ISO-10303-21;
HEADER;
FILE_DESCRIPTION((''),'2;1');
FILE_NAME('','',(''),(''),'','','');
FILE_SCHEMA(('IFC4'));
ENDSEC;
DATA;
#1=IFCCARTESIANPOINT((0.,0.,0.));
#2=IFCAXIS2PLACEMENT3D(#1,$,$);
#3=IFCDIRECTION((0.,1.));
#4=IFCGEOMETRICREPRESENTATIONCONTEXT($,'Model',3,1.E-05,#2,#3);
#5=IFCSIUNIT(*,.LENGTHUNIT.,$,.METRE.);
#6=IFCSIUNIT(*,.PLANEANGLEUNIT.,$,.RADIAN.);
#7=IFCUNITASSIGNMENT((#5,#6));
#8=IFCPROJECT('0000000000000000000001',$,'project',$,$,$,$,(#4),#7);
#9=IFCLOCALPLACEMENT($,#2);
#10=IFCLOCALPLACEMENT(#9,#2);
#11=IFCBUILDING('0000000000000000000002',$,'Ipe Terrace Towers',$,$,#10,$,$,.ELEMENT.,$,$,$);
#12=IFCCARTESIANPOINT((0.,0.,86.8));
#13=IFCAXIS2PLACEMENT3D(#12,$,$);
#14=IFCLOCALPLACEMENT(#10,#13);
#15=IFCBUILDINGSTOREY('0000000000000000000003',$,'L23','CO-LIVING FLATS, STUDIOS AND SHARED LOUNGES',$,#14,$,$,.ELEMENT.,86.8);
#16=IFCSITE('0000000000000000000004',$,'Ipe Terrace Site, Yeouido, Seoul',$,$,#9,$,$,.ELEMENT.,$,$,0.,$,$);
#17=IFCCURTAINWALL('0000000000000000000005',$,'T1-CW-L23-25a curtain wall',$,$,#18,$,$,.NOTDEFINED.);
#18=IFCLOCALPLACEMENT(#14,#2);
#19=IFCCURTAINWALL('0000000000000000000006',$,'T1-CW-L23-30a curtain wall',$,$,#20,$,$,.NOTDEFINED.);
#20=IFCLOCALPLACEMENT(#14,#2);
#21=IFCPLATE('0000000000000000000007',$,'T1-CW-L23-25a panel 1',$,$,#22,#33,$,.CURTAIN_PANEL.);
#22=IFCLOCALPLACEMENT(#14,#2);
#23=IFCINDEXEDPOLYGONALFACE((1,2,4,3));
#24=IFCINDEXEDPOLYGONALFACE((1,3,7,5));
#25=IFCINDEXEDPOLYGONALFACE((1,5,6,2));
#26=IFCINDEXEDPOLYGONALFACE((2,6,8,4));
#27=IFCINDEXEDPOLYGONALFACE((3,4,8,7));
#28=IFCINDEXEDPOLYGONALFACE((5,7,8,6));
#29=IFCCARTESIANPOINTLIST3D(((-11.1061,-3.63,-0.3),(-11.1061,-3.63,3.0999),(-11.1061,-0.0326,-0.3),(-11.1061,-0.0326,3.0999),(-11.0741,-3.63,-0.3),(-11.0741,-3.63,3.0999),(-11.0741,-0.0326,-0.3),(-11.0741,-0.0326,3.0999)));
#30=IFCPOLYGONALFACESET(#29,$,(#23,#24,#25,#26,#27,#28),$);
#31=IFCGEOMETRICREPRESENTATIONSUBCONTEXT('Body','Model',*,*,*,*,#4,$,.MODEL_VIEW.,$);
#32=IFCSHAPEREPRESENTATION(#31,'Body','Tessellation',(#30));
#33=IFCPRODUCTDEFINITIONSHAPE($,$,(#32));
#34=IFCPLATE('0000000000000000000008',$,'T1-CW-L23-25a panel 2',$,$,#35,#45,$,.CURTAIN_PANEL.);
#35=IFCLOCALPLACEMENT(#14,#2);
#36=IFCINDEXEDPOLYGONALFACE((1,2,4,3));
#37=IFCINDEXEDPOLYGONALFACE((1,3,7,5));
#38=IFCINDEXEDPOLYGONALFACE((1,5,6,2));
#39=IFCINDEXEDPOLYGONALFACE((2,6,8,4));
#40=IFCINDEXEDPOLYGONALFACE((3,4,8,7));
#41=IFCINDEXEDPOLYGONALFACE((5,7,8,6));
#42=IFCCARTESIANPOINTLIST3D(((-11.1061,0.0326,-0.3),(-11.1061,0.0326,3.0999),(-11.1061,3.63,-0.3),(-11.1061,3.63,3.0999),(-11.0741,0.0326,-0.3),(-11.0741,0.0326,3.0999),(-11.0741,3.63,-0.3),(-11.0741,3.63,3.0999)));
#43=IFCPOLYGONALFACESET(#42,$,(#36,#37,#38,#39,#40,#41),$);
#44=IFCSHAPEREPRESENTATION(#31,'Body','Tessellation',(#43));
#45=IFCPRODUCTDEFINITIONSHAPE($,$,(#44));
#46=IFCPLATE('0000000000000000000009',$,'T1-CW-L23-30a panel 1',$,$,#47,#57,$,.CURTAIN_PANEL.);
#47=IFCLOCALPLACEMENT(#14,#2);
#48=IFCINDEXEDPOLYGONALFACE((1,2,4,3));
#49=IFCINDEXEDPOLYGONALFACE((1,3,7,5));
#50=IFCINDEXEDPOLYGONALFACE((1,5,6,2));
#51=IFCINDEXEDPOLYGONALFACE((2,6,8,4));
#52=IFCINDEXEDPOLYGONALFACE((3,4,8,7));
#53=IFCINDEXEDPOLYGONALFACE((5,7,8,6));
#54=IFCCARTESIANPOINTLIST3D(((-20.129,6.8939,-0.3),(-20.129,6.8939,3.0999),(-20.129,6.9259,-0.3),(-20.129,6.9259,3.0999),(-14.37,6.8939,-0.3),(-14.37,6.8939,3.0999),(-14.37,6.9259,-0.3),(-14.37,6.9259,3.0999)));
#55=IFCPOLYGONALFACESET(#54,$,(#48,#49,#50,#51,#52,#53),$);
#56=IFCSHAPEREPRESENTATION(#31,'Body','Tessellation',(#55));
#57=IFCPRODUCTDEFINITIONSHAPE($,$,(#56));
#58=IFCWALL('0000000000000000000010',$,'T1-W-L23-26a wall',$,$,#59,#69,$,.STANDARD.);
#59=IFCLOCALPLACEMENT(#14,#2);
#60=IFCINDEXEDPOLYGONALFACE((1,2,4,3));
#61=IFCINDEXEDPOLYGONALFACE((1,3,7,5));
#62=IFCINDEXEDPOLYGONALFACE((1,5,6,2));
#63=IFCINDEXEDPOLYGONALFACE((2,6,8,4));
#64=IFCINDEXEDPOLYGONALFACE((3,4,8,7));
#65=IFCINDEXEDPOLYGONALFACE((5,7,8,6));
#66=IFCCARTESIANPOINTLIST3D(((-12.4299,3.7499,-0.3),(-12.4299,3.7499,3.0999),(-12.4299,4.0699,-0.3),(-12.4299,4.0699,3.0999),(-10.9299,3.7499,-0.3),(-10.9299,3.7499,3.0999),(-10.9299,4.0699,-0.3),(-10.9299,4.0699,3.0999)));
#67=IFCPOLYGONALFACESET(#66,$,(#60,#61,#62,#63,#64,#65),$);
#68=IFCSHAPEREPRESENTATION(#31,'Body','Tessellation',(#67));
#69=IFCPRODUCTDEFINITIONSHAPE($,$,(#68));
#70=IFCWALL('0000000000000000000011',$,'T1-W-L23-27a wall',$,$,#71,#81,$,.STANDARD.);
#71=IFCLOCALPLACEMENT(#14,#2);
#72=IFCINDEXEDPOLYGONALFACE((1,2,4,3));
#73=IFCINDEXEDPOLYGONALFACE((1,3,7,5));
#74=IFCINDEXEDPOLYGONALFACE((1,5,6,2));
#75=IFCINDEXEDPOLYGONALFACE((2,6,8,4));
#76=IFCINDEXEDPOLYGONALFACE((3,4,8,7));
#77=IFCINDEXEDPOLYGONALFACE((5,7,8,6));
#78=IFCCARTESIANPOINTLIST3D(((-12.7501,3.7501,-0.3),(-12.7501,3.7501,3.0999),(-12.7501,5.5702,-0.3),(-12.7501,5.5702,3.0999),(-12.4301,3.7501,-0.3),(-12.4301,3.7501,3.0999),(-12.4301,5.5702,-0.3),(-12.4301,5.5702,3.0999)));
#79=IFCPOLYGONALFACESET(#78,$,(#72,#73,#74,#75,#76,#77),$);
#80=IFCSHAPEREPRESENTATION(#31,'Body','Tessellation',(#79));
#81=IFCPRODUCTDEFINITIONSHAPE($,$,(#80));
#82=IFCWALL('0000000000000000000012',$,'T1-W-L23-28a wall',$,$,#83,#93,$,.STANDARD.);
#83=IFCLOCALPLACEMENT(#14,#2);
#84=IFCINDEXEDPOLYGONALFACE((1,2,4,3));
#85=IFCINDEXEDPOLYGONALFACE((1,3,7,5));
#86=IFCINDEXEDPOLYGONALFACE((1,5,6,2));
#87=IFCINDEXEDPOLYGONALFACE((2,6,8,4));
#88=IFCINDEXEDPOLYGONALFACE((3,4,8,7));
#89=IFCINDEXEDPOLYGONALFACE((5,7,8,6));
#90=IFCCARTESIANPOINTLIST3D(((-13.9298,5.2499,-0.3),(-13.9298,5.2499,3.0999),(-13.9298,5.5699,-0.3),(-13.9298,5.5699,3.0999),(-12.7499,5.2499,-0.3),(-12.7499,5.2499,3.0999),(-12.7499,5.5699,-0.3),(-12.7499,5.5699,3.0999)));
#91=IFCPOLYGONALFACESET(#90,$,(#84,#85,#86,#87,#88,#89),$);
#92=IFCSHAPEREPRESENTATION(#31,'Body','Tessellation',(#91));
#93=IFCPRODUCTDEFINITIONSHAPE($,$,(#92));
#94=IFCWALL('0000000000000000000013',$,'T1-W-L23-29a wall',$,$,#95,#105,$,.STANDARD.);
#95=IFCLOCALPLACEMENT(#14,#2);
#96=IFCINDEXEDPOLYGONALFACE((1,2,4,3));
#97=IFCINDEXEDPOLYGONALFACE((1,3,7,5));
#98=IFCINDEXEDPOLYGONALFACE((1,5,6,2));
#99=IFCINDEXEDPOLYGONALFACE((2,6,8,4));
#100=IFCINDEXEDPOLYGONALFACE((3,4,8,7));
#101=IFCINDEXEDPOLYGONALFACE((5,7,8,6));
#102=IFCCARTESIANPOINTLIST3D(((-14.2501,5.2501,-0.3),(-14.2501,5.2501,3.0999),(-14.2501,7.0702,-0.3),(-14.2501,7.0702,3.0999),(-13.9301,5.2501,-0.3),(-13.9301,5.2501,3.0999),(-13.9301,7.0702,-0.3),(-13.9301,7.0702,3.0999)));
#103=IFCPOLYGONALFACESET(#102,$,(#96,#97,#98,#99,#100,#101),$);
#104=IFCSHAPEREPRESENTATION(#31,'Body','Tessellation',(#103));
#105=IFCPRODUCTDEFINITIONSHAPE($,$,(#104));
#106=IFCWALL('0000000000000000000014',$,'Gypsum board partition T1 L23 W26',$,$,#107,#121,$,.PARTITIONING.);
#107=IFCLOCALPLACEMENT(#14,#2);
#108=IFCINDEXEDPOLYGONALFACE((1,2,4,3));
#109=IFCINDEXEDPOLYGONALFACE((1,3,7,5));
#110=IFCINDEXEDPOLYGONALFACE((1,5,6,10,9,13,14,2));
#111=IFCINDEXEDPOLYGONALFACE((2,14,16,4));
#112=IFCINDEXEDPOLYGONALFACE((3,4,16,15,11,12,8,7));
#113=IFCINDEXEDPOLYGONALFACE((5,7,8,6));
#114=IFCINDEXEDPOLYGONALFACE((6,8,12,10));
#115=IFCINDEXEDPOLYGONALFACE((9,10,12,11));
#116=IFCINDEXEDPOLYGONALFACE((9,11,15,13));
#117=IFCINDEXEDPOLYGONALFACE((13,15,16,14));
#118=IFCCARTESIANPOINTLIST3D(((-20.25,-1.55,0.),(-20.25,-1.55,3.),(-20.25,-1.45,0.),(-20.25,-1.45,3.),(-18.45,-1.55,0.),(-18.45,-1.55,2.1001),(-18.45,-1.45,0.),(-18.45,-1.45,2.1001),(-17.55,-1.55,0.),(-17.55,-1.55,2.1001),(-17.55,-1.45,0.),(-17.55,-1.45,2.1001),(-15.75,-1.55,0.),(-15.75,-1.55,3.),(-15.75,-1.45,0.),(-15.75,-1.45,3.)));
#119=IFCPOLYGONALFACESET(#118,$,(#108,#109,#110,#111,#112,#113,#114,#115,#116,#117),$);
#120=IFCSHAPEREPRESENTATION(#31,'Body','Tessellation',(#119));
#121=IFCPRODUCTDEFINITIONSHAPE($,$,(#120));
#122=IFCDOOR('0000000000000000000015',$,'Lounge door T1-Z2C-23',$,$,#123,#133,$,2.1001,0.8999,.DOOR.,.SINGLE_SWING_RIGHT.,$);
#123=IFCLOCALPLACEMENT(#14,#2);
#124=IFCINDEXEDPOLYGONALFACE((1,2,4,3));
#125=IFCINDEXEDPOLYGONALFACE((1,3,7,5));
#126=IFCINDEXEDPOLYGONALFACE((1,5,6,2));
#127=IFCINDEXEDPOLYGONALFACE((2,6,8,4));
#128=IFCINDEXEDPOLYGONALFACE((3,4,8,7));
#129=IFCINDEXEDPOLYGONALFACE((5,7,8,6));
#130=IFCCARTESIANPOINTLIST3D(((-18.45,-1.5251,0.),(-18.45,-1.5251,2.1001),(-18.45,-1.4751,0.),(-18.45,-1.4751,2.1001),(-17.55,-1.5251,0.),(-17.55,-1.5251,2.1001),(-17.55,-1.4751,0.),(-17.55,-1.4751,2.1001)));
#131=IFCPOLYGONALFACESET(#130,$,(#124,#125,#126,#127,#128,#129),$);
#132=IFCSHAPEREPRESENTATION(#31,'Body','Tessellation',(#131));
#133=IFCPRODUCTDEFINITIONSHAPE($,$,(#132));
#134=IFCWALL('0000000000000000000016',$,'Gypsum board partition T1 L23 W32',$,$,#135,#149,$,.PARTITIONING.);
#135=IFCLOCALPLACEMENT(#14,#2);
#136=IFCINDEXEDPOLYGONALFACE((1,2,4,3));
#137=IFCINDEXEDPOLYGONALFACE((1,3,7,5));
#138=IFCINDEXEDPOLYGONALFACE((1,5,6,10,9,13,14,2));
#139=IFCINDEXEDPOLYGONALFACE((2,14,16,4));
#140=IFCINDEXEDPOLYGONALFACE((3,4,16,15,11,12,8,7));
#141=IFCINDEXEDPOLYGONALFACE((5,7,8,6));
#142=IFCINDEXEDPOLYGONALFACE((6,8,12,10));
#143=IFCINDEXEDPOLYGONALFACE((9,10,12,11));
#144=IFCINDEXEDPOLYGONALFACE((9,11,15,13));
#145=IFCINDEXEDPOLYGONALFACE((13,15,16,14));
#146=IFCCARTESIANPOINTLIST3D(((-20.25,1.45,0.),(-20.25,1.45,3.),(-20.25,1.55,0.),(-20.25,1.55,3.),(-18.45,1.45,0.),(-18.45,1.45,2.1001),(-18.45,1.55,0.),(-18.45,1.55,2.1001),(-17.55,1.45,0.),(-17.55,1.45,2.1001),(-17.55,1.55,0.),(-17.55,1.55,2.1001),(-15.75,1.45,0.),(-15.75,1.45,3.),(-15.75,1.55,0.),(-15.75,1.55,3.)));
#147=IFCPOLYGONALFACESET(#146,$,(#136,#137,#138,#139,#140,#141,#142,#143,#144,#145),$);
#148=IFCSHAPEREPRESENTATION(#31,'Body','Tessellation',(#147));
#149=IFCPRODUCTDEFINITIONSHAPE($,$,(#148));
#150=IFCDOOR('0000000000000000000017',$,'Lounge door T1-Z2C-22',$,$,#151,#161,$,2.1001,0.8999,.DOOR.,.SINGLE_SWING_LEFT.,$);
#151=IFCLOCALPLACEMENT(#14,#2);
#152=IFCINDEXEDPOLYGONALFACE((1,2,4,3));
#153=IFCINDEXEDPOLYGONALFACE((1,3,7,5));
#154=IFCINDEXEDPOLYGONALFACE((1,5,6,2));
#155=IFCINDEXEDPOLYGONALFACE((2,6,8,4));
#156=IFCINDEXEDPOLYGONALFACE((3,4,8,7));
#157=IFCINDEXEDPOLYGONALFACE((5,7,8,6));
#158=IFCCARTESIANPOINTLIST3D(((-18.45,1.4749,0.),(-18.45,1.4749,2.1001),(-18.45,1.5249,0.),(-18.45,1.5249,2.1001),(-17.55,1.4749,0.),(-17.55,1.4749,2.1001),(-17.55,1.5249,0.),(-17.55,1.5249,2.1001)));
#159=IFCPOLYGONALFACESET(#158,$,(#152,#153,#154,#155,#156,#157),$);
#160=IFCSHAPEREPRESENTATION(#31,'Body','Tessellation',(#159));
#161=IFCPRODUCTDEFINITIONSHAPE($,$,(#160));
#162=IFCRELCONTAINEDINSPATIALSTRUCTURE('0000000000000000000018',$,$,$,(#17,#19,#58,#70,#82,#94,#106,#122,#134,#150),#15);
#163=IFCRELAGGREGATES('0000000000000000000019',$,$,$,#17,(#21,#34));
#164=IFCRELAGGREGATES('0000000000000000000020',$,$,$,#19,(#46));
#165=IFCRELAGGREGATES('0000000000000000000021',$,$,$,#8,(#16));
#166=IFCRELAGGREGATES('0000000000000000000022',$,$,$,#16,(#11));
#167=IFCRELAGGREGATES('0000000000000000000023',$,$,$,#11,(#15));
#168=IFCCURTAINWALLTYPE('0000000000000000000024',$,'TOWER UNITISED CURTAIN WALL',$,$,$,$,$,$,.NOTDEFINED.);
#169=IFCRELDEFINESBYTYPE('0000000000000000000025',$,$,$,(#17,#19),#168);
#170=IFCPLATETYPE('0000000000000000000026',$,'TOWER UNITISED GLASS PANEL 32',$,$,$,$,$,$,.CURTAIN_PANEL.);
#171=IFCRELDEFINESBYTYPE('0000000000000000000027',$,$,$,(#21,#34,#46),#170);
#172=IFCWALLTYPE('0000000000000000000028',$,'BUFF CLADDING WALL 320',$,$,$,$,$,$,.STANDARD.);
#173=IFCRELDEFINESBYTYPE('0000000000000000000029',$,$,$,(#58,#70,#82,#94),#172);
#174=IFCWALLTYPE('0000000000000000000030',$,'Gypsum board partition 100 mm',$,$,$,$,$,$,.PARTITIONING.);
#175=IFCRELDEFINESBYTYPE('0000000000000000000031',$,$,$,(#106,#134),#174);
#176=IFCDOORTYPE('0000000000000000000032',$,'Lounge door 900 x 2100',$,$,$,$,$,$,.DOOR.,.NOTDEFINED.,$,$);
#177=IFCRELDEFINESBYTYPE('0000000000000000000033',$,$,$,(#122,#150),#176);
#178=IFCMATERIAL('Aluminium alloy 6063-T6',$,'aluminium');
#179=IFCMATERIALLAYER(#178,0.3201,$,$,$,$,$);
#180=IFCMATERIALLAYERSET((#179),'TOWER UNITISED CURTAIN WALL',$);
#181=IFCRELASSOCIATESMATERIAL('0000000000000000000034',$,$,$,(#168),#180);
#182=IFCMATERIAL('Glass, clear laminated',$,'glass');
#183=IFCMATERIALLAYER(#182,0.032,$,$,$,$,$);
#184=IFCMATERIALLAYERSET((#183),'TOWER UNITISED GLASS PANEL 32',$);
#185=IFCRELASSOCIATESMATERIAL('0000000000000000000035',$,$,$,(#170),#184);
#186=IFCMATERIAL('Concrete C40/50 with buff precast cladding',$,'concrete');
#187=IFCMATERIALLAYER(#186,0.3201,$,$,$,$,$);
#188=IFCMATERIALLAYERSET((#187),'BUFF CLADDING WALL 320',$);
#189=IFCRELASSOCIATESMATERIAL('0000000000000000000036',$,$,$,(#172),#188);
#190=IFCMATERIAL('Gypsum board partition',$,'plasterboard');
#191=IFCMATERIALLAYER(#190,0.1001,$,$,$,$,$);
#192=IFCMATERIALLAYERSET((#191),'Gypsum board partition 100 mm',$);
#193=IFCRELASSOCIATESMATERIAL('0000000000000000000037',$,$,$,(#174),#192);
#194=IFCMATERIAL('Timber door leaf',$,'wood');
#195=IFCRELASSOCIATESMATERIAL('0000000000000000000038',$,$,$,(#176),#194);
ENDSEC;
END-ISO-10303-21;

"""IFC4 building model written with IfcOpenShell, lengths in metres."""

from ifc_helpers import new_model, si_unit, direction, frame, frame_2d, origin, origin_2d, place, context, subcontext, project, spatial, rectangle, extrude, material, layer, layer_set, type_object, element, fill, aggregate, save


model = new_model("IFC4")

# Units and contexts
model_context = context("Model", 3, precision=1e-05, world=origin(), true_north=direction((0.0, 1.0)))
body_context = subcontext(model_context, "Body", "Model", "MODEL_VIEW")
ifc_project = project(units=[si_unit("LENGTHUNIT", "METRE"), si_unit("PLANEANGLEUNIT", "RADIAN")], contexts=[model_context])

# Site, building, storey
site_placement = place(None, origin())
site = spatial("IfcSite", under=ifc_project, at=site_placement, Name="Ipe Terrace Site, Yeouido, Seoul", CompositionType="ELEMENT", RefElevation=0.0)
building_placement = place(site_placement, origin())
building = spatial("IfcBuilding", under=site, at=building_placement, Name="Ipe Terrace Towers", CompositionType="ELEMENT")
storey_placement = place(building_placement, frame((0.0, 0.0, 86.8)))
storey = spatial("IfcBuildingStorey", under=building, at=storey_placement, Name="L23", Description="CO-LIVING FLATS, STUDIOS AND SHARED LOUNGES", CompositionType="ELEMENT", Elevation=86.8)

# Curtain wall
ifc_material_1 = material(Name="Aluminium alloy 6063-T6", Category="aluminium")
ifc_layer_1 = layer(ifc_material_1, 0.3201)
ifc_layer_set_1 = layer_set([ifc_layer_1], Name="TOWER UNITISED CURTAIN WALL")
curtain_wall_type = type_object("IfcCurtainWallType", Name="TOWER UNITISED CURTAIN WALL", PredefinedType="NOTDEFINED", material=ifc_layer_set_1)
curtain_wall_1_placement = place(storey_placement, origin())
curtain_wall_1 = element("IfcCurtainWall", 1, at=curtain_wall_1_placement, inside=storey, type_object=curtain_wall_type, Name="T1-CW-L23-25a curtain wall", PredefinedType="NOTDEFINED")

# Curtain wall
curtain_wall_2_placement = place(storey_placement, origin())
curtain_wall_2 = element("IfcCurtainWall", 2, at=curtain_wall_2_placement, inside=storey, type_object=curtain_wall_type, Name="T1-CW-L23-30a curtain wall", PredefinedType="NOTDEFINED")

# Plates
ifc_material_2 = material(Name="Glass, clear laminated", Category="glass")
ifc_layer_2 = layer(ifc_material_2, 0.032)
ifc_layer_set_2 = layer_set([ifc_layer_2], Name="TOWER UNITISED GLASS PANEL 32")
plate_type = type_object("IfcPlateType", Name="TOWER UNITISED GLASS PANEL 32", PredefinedType="CURTAIN_PANEL", material=ifc_layer_set_2)
plate_1_placement = place(storey_placement, frame((-11.0901, -1.8313, -0.3), z_axis=(0.0, 0.0, 1.0), x_axis=(0.0, 1.0, 0.0)))
plate_1 = element("IfcPlate", 3, at=plate_1_placement, type_object=plate_type, Name="T1-CW-L23-25a panel 1", PredefinedType="CURTAIN_PANEL", context=body_context, shape_type="SweptSolid", body=[
    extrude(rectangle(XDim=3.5974, YDim=0.032, at=origin_2d()), origin(), (0.0, 0.0, 1.0), 3.3999),
])
plate_2_placement = place(storey_placement, frame((-11.0901, 1.8313, -0.3), z_axis=(0.0, 0.0, 1.0), x_axis=(0.0, 1.0, 0.0)))
plate_2 = element("IfcPlate", 4, at=plate_2_placement, type_object=plate_type, Name="T1-CW-L23-25a panel 2", PredefinedType="CURTAIN_PANEL", context=body_context, shape_type="SweptSolid", body=[
    extrude(rectangle(XDim=3.5974, YDim=0.032, at=origin_2d()), origin(), (0.0, 0.0, 1.0), 3.3999),
])
aggregate(curtain_wall_1, [plate_1, plate_2])
plate_3_placement = place(storey_placement, frame((-17.2495, 6.9099, -0.3), z_axis=(0.0, 0.0, 1.0), x_axis=(-1.0, 0.0, 0.0)))
plate_3 = element("IfcPlate", 5, at=plate_3_placement, type_object=plate_type, Name="T1-CW-L23-30a panel 1", PredefinedType="CURTAIN_PANEL", context=body_context, shape_type="SweptSolid", body=[
    extrude(rectangle(XDim=5.759, YDim=0.032, at=origin_2d()), origin(), (0.0, 0.0, 1.0), 3.3999),
])
aggregate(curtain_wall_2, [plate_3])

# Walls
ifc_material_3 = material(Name="Concrete C40/50 with buff precast cladding", Category="concrete")
ifc_layer_3 = layer(ifc_material_3, 0.3201)
ifc_layer_set_3 = layer_set([ifc_layer_3], Name="BUFF CLADDING WALL 320")
wall_type_1 = type_object("IfcWallType", Name="BUFF CLADDING WALL 320", PredefinedType="STANDARD", material=ifc_layer_set_3)
wall_1_placement = place(storey_placement, frame((-10.9299, 3.9099, -0.3), z_axis=(0.0, 0.0, 1.0), x_axis=(-1.0, 0.0, 0.0)))
element("IfcWall", 6, at=wall_1_placement, inside=storey, type_object=wall_type_1, Name="T1-W-L23-26a wall", PredefinedType="STANDARD", context=body_context, shape_type="SweptSolid", body=[
    extrude(rectangle(XDim=1.5, YDim=0.3201, at=frame_2d((0.75, 0.0))), origin(), (0.0, 0.0, 1.0), 3.3999),
])
wall_2_placement = place(storey_placement, frame((-12.5901, 3.75, -0.3), z_axis=(0.0, 0.0, 1.0), x_axis=(0.0, 1.0, 0.0)))
element("IfcWall", 7, at=wall_2_placement, inside=storey, type_object=wall_type_1, Name="T1-W-L23-27a wall", PredefinedType="STANDARD", context=body_context, shape_type="SweptSolid", body=[
    extrude(rectangle(XDim=1.8201, YDim=0.3201, at=frame_2d((0.9102, 0.0))), origin(), (0.0, 0.0, 1.0), 3.3999),
])
wall_3_placement = place(storey_placement, frame((-12.75, 5.4099, -0.3), z_axis=(0.0, 0.0, 1.0), x_axis=(-1.0, 0.0, 0.0)))
element("IfcWall", 8, at=wall_3_placement, inside=storey, type_object=wall_type_1, Name="T1-W-L23-28a wall", PredefinedType="STANDARD", context=body_context, shape_type="SweptSolid", body=[
    extrude(rectangle(XDim=1.1799, YDim=0.3201, at=frame_2d((0.5898, 0.0))), origin(), (0.0, 0.0, 1.0), 3.3999),
])
wall_4_placement = place(storey_placement, frame((-14.0901, 5.25, -0.3), z_axis=(0.0, 0.0, 1.0), x_axis=(0.0, 1.0, 0.0)))
element("IfcWall", 9, at=wall_4_placement, inside=storey, type_object=wall_type_1, Name="T1-W-L23-29a wall", PredefinedType="STANDARD", context=body_context, shape_type="SweptSolid", body=[
    extrude(rectangle(XDim=1.8201, YDim=0.3201, at=frame_2d((0.9102, 0.0))), origin(), (0.0, 0.0, 1.0), 3.3999),
])

# Walls, openings, doors
ifc_material_4 = material(Name="Gypsum board partition", Category="plasterboard")
ifc_layer_4 = layer(ifc_material_4, 0.1001)
ifc_layer_set_4 = layer_set([ifc_layer_4], Name="Gypsum board partition 100 mm")
wall_type_2 = type_object("IfcWallType", Name="Gypsum board partition 100 mm", PredefinedType="PARTITIONING", material=ifc_layer_set_4)
wall_5_placement = place(storey_placement, frame((-20.25, -1.5, 0.0), z_axis=(0.0, 0.0, 1.0), x_axis=(1.0, 0.0, 0.0)))
wall_5 = element("IfcWall", 10, at=wall_5_placement, inside=storey, type_object=wall_type_2, Name="Gypsum board partition T1 L23 W26", PredefinedType="PARTITIONING", context=body_context, shape_type="SweptSolid", body=[
    extrude(rectangle(XDim=4.5, YDim=0.1001, at=frame_2d((2.25, 0.0))), origin(), (0.0, 0.0, 1.0), 3.0),
])
opening_1_placement = place(wall_5_placement, frame((1.8, 0.0, 0.0)))
opening_1 = element("IfcOpeningElement", 11, at=opening_1_placement, cuts=wall_5, PredefinedType="OPENING", context=body_context, shape_type="SweptSolid", body=[
    extrude(rectangle(XDim=0.8999, YDim=2.1001, at=frame_2d((0.45, 1.05))), frame((0.0, 0.0601, 0.0), z_axis=(0.0, -1.0, 0.0), x_axis=(1.0, 0.0, 0.0)), (0.0, 0.0, 1.0), 0.1201),
])
ifc_material_5 = material(Name="Timber door leaf", Category="wood")
door_type_1 = type_object("IfcDoorType", Name="Lounge door 900 x 2100", OperationType="NOTDEFINED", PredefinedType="DOOR", material=ifc_material_5)
door_1_placement = place(opening_1_placement, origin())
door_1 = element("IfcDoor", 12, at=door_1_placement, inside=storey, type_object=door_type_1, Name="Lounge door T1-Z2C-23", OperationType="SINGLE_SWING_RIGHT", OverallHeight=2.1001, OverallWidth=0.8999, PredefinedType="DOOR", context=body_context, shape_type="SweptSolid", body=[
    extrude(rectangle(XDim=0.8999, YDim=2.1001, at=frame_2d((0.45, 1.05))), frame((0.0, 0.0249, 0.0), z_axis=(0.0, -1.0, 0.0), x_axis=(1.0, 0.0, 0.0)), (0.0, 0.0, 1.0), 0.05),
])
fill(opening_1, door_1)
wall_6_placement = place(storey_placement, frame((-20.25, 1.5, 0.0), z_axis=(0.0, 0.0, 1.0), x_axis=(1.0, 0.0, 0.0)))
wall_6 = element("IfcWall", 13, at=wall_6_placement, inside=storey, type_object=wall_type_2, Name="Gypsum board partition T1 L23 W32", PredefinedType="PARTITIONING", context=body_context, shape_type="SweptSolid", body=[
    extrude(rectangle(XDim=4.5, YDim=0.1001, at=frame_2d((2.25, 0.0))), origin(), (0.0, 0.0, 1.0), 3.0),
])
opening_2_placement = place(wall_6_placement, frame((1.8, 0.0, 0.0)))
opening_2 = element("IfcOpeningElement", 14, at=opening_2_placement, cuts=wall_6, PredefinedType="OPENING", context=body_context, shape_type="SweptSolid", body=[
    extrude(rectangle(XDim=0.8999, YDim=2.1001, at=frame_2d((0.45, 1.05))), frame((0.0, 0.0601, 0.0), z_axis=(0.0, -1.0, 0.0), x_axis=(1.0, 0.0, 0.0)), (0.0, 0.0, 1.0), 0.1201),
])
door_2_placement = place(opening_2_placement, origin())
door_2 = element("IfcDoor", 15, at=door_2_placement, inside=storey, type_object=door_type_1, Name="Lounge door T1-Z2C-22", OperationType="SINGLE_SWING_LEFT", OverallHeight=2.1001, OverallWidth=0.8999, PredefinedType="DOOR", context=body_context, shape_type="SweptSolid", body=[
    extrude(rectangle(XDim=0.8999, YDim=2.1001, at=frame_2d((0.45, 1.05))), frame((0.0, 0.0249, 0.0), z_axis=(0.0, -1.0, 0.0), x_axis=(1.0, 0.0, 0.0)), (0.0, 0.0, 1.0), 0.05),
])
fill(opening_2, door_2)

save(model, "model.ifc")
